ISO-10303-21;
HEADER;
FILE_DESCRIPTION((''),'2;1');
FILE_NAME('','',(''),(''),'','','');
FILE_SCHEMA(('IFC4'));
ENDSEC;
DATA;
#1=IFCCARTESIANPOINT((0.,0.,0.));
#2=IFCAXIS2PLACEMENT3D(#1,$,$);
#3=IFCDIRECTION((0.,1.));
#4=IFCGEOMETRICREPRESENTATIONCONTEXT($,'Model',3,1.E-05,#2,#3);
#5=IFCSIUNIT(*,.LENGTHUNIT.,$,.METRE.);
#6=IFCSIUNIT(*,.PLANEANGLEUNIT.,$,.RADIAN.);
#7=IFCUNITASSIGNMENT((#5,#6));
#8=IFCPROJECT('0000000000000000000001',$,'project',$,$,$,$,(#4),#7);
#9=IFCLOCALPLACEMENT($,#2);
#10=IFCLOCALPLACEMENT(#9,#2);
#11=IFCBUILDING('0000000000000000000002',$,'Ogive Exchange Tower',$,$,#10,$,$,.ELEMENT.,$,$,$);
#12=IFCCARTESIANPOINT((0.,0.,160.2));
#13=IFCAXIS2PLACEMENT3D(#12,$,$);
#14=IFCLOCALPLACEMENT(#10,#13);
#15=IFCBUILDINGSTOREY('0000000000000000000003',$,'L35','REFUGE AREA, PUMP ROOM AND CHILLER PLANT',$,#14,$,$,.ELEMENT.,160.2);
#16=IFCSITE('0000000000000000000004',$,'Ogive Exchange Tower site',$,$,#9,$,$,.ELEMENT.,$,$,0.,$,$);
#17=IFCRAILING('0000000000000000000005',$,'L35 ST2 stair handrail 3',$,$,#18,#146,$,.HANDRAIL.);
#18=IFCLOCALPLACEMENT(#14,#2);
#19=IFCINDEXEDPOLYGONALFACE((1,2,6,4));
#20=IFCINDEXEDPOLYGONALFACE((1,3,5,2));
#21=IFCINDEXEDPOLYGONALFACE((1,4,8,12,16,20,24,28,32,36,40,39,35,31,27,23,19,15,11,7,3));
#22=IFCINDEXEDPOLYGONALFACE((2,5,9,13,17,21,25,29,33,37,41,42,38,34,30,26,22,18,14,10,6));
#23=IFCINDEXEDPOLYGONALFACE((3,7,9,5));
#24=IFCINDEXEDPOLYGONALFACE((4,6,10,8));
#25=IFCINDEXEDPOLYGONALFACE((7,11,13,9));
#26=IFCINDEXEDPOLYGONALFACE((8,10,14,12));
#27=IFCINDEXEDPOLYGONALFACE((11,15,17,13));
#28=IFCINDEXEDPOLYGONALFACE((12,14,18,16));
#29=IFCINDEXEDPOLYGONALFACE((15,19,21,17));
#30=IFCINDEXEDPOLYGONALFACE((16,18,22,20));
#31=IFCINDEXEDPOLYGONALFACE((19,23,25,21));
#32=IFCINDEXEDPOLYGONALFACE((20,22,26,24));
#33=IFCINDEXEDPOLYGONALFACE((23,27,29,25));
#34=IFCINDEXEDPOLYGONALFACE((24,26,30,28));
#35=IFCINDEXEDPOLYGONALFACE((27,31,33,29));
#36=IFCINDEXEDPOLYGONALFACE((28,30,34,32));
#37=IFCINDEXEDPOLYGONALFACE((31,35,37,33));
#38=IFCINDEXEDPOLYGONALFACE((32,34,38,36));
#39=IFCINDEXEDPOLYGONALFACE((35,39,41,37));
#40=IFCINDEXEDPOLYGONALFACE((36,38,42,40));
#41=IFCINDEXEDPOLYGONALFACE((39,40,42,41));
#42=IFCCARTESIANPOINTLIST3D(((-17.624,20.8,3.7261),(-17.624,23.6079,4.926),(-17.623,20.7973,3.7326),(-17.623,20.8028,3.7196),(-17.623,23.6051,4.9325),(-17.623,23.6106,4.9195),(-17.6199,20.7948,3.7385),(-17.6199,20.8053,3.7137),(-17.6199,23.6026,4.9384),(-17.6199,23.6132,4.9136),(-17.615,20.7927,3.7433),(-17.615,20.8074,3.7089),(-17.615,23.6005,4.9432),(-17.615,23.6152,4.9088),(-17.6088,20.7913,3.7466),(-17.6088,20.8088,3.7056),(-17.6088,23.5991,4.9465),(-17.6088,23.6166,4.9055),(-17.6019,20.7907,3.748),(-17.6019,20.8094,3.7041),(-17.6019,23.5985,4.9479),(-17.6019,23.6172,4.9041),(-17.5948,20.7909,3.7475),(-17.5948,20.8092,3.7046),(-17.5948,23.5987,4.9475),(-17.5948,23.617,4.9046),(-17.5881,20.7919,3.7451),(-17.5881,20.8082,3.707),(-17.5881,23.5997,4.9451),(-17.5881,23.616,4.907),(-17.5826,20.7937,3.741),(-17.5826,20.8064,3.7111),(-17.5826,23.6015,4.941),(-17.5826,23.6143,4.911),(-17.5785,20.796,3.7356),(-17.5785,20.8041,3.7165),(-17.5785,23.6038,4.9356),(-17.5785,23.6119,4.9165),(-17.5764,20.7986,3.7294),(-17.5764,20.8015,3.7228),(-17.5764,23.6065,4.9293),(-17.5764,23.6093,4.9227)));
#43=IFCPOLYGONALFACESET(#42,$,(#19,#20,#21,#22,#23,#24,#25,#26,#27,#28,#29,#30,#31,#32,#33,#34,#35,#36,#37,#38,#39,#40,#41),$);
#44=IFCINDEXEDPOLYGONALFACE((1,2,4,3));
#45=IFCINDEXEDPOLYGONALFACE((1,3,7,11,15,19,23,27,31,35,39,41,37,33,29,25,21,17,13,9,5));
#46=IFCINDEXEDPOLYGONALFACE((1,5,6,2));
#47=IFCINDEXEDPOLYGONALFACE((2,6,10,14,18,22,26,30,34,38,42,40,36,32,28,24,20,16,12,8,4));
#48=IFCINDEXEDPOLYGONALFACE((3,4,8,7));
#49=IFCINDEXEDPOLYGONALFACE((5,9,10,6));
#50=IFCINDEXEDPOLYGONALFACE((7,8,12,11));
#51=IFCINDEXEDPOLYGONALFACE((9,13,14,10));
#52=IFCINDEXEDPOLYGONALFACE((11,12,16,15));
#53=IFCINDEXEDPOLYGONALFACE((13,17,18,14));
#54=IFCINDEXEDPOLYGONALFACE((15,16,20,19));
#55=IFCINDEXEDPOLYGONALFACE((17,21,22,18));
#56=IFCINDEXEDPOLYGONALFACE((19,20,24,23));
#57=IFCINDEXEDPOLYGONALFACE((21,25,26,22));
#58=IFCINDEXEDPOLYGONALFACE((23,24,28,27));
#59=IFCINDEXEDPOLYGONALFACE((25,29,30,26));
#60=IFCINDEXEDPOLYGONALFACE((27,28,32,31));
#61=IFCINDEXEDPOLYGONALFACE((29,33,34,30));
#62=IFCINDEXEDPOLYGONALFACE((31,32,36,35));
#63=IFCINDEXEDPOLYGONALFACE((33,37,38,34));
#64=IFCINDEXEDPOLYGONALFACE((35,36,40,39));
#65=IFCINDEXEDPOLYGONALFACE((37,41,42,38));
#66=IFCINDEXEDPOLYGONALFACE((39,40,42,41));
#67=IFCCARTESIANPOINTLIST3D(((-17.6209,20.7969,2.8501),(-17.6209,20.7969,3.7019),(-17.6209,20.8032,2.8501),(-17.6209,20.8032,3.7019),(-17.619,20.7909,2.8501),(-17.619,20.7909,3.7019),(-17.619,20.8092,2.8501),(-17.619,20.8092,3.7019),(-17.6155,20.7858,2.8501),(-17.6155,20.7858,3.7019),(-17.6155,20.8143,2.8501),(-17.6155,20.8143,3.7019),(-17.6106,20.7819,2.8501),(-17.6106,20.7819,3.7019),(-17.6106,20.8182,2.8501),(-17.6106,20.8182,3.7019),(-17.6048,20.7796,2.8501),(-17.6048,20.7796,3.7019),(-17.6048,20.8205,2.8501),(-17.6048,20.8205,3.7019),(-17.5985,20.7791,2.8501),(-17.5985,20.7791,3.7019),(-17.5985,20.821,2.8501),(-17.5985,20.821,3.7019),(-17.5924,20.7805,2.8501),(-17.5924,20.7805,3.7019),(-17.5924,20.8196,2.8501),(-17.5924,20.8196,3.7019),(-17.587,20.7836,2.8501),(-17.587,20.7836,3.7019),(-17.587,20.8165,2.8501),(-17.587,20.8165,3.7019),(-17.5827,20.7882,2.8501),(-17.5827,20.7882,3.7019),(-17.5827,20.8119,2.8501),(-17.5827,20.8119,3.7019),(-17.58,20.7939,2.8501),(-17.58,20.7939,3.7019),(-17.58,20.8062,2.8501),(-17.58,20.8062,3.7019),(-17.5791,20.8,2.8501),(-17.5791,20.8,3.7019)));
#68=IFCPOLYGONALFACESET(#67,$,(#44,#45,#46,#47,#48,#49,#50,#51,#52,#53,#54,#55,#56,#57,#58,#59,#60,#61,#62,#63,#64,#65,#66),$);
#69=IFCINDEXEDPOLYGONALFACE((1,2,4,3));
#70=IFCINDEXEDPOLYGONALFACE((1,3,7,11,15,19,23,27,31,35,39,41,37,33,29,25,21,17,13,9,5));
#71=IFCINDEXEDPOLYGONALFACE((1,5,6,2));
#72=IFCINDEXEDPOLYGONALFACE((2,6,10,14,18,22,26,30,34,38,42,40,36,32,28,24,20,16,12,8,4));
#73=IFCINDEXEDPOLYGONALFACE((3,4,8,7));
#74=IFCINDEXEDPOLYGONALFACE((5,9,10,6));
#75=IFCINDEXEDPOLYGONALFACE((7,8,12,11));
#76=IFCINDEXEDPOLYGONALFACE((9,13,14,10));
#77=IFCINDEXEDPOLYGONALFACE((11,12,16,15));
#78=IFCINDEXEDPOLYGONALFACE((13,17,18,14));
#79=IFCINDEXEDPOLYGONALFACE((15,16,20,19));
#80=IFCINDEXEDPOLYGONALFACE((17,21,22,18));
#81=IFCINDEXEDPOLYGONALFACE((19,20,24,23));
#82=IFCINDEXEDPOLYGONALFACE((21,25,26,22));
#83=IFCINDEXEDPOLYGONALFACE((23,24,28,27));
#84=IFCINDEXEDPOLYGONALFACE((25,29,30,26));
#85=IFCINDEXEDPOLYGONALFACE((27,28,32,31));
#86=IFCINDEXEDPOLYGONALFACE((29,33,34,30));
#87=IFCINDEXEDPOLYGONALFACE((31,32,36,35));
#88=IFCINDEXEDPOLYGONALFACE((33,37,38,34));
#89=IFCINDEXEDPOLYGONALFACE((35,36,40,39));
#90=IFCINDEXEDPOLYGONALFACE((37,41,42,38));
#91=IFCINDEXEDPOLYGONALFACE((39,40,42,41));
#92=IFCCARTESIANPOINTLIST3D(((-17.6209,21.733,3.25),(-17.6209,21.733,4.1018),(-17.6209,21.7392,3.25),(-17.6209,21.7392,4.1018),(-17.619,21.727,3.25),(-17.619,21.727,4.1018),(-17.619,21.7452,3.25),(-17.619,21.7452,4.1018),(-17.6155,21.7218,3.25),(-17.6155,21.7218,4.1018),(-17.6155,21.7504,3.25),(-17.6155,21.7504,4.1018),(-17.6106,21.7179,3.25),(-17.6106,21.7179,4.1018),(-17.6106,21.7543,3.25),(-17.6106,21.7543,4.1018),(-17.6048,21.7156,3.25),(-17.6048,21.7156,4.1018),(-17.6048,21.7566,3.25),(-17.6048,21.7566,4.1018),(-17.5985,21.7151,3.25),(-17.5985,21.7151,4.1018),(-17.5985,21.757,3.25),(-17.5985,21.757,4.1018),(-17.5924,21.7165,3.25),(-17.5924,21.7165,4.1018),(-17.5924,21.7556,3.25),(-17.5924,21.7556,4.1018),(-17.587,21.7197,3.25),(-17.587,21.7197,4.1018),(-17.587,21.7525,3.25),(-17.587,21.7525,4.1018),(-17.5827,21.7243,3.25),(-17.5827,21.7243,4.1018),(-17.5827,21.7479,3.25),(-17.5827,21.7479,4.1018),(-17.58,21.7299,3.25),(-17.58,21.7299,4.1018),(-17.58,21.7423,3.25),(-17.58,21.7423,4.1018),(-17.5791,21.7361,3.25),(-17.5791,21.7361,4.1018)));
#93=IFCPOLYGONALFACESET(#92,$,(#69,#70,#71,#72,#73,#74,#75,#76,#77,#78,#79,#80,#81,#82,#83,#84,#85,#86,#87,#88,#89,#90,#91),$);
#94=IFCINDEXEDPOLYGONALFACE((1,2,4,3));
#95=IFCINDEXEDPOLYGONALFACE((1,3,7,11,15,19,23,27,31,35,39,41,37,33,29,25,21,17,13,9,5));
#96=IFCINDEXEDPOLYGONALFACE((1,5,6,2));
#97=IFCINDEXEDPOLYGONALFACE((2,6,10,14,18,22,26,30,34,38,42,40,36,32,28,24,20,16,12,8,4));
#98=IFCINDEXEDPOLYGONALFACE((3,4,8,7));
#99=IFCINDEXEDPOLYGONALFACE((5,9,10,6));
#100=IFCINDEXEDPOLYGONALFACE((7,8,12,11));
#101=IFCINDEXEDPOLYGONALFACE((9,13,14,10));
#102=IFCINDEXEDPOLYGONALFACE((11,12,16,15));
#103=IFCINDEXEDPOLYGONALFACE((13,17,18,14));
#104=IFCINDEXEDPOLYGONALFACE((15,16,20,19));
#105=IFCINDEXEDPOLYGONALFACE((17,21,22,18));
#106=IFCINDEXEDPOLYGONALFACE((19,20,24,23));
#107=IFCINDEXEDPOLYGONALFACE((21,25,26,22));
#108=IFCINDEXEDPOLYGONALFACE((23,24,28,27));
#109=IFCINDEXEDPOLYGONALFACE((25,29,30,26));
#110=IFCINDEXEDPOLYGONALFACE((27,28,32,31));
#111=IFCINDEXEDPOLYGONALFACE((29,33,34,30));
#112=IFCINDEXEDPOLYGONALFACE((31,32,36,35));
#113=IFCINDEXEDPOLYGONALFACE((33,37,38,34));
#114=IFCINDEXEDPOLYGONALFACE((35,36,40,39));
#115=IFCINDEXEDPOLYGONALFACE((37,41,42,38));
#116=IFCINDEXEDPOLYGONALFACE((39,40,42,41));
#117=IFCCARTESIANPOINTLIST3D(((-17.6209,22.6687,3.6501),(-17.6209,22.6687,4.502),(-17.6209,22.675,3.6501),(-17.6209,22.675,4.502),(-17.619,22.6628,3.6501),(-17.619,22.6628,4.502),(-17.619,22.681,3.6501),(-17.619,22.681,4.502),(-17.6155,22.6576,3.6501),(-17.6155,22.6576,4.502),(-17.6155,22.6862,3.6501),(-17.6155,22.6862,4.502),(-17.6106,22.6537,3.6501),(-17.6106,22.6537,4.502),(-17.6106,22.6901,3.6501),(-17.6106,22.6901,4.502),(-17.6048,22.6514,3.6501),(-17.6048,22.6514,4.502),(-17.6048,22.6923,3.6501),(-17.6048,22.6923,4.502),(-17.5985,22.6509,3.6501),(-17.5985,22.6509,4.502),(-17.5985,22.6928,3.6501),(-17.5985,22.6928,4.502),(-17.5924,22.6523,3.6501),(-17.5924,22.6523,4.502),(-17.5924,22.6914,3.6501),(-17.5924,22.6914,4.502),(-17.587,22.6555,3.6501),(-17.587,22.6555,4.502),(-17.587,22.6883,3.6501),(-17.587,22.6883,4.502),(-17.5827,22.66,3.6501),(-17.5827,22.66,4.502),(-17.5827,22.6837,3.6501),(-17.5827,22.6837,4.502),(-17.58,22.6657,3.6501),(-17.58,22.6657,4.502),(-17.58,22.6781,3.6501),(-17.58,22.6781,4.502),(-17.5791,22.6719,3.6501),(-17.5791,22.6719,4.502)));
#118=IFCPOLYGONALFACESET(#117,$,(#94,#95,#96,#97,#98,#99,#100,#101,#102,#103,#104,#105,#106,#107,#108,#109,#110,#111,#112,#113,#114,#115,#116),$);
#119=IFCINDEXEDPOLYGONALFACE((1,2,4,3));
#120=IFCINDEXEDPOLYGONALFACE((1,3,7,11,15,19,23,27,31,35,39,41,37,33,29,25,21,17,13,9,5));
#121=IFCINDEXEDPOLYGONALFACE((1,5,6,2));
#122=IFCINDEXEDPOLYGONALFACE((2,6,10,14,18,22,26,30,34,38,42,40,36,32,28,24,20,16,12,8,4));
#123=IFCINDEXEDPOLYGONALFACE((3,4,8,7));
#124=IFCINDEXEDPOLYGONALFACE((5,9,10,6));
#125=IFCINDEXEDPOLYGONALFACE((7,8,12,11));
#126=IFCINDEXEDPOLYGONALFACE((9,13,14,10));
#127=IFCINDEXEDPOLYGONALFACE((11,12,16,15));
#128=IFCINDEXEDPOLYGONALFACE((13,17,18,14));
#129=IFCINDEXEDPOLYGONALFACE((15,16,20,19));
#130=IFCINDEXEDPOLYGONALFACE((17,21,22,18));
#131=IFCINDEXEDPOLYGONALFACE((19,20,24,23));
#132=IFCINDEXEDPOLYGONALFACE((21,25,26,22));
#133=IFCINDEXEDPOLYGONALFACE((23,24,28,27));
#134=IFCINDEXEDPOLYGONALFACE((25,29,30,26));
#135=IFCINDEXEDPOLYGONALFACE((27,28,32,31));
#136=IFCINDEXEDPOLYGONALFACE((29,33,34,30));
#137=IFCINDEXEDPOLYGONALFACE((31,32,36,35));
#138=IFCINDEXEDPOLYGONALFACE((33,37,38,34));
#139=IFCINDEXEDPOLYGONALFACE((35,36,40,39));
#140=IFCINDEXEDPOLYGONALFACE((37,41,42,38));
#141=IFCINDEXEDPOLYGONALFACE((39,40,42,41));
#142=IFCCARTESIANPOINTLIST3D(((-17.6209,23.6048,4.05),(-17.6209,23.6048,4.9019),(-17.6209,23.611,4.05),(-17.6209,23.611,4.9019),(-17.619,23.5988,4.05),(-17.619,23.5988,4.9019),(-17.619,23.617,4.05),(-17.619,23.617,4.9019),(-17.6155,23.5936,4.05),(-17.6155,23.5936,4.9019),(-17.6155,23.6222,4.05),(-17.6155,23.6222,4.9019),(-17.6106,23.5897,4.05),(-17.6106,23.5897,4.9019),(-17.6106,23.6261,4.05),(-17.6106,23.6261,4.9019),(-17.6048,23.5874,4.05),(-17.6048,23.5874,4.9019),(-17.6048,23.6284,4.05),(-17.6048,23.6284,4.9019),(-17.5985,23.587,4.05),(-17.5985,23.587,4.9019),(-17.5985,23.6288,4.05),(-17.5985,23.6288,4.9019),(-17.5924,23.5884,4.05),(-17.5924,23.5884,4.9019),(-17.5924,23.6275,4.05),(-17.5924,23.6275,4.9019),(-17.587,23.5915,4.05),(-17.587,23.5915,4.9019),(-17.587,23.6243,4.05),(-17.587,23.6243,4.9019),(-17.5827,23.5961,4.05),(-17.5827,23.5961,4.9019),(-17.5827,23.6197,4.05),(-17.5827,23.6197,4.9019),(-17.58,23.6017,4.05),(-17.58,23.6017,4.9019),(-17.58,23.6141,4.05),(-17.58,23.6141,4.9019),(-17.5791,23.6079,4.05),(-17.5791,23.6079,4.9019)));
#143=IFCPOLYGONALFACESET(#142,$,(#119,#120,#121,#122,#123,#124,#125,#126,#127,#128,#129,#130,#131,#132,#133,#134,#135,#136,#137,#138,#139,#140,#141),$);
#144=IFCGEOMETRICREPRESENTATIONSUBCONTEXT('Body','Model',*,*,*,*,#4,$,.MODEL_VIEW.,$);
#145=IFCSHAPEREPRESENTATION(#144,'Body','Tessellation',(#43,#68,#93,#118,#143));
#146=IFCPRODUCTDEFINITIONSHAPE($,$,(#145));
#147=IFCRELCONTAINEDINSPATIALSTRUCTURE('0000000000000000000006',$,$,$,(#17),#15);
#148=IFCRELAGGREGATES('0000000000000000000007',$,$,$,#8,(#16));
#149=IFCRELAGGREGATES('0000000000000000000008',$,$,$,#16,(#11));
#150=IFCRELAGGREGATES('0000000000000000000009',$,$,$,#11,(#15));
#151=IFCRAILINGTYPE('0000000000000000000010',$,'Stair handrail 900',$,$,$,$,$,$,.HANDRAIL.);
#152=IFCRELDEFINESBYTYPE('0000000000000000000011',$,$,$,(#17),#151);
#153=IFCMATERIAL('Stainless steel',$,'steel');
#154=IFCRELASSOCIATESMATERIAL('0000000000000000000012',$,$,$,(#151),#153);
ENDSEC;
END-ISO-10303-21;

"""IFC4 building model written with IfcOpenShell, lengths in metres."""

from ifc_helpers import new_model, si_unit, direction, frame, origin, origin_2d, place, context, subcontext, project, spatial, circle, extrude, material, type_object, element, save


model = new_model("IFC4")

# Units and contexts
model_context = context("Model", 3, precision=1e-05, world=origin(), true_north=direction((0.0, 1.0)))
body_context = subcontext(model_context, "Body", "Model", "MODEL_VIEW")
ifc_project = project(units=[si_unit("LENGTHUNIT", "METRE"), si_unit("PLANEANGLEUNIT", "RADIAN")], contexts=[model_context])

# Site, building, storey
site_placement = place(None, origin())
site = spatial("IfcSite", under=ifc_project, at=site_placement, Name="Ogive Exchange Tower site", CompositionType="ELEMENT", RefElevation=0.0)
building_placement = place(site_placement, origin())
building = spatial("IfcBuilding", under=site, at=building_placement, Name="Ogive Exchange Tower", CompositionType="ELEMENT")
storey_placement = place(building_placement, frame((0.0, 0.0, 160.2)))
storey = spatial("IfcBuildingStorey", under=building, at=storey_placement, Name="L35", Description="REFUGE AREA, PUMP ROOM AND CHILLER PLANT", CompositionType="ELEMENT", Elevation=160.2)

# Railing
ifc_material_1 = material(Name="Stainless steel", Category="steel")
railing_type = type_object("IfcRailingType", Name="Stair handrail 900", PredefinedType="HANDRAIL", material=ifc_material_1)
for number, where, name in (
    (1, (-17.6001, 20.8, 2.8501), "L35 ST2 stair handrail 3"),
):
    element("IfcRailing", number, at=place(storey_placement, frame(where)), inside=storey, type_object=railing_type, Name=name, PredefinedType="HANDRAIL", context=body_context, shape_type="SweptSolid", body=[
        extrude(circle(Radius=0.0239, at=origin_2d()), frame((0.0, 0.0, 0.876), z_axis=(0.0, 0.91955, 0.392973), x_axis=(-1.0, 0.0, 0.0)), (0.0, 0.0, 1.0), 3.0535),
        extrude(circle(Radius=0.021, at=origin_2d()), origin(), (0.0, 0.0, 1.0), 0.8518),
        extrude(circle(Radius=0.021, at=origin_2d()), frame((0.0, 0.936, 0.3999)), (0.0, 0.0, 1.0), 0.8518),
        extrude(circle(Radius=0.021, at=origin_2d()), frame((0.0, 1.8718, 0.8)), (0.0, 0.0, 1.0), 0.8518),
        extrude(circle(Radius=0.021, at=origin_2d()), frame((0.0, 2.8079, 1.2)), (0.0, 0.0, 1.0), 0.8518),
    ])

save(model, "model.ifc")
